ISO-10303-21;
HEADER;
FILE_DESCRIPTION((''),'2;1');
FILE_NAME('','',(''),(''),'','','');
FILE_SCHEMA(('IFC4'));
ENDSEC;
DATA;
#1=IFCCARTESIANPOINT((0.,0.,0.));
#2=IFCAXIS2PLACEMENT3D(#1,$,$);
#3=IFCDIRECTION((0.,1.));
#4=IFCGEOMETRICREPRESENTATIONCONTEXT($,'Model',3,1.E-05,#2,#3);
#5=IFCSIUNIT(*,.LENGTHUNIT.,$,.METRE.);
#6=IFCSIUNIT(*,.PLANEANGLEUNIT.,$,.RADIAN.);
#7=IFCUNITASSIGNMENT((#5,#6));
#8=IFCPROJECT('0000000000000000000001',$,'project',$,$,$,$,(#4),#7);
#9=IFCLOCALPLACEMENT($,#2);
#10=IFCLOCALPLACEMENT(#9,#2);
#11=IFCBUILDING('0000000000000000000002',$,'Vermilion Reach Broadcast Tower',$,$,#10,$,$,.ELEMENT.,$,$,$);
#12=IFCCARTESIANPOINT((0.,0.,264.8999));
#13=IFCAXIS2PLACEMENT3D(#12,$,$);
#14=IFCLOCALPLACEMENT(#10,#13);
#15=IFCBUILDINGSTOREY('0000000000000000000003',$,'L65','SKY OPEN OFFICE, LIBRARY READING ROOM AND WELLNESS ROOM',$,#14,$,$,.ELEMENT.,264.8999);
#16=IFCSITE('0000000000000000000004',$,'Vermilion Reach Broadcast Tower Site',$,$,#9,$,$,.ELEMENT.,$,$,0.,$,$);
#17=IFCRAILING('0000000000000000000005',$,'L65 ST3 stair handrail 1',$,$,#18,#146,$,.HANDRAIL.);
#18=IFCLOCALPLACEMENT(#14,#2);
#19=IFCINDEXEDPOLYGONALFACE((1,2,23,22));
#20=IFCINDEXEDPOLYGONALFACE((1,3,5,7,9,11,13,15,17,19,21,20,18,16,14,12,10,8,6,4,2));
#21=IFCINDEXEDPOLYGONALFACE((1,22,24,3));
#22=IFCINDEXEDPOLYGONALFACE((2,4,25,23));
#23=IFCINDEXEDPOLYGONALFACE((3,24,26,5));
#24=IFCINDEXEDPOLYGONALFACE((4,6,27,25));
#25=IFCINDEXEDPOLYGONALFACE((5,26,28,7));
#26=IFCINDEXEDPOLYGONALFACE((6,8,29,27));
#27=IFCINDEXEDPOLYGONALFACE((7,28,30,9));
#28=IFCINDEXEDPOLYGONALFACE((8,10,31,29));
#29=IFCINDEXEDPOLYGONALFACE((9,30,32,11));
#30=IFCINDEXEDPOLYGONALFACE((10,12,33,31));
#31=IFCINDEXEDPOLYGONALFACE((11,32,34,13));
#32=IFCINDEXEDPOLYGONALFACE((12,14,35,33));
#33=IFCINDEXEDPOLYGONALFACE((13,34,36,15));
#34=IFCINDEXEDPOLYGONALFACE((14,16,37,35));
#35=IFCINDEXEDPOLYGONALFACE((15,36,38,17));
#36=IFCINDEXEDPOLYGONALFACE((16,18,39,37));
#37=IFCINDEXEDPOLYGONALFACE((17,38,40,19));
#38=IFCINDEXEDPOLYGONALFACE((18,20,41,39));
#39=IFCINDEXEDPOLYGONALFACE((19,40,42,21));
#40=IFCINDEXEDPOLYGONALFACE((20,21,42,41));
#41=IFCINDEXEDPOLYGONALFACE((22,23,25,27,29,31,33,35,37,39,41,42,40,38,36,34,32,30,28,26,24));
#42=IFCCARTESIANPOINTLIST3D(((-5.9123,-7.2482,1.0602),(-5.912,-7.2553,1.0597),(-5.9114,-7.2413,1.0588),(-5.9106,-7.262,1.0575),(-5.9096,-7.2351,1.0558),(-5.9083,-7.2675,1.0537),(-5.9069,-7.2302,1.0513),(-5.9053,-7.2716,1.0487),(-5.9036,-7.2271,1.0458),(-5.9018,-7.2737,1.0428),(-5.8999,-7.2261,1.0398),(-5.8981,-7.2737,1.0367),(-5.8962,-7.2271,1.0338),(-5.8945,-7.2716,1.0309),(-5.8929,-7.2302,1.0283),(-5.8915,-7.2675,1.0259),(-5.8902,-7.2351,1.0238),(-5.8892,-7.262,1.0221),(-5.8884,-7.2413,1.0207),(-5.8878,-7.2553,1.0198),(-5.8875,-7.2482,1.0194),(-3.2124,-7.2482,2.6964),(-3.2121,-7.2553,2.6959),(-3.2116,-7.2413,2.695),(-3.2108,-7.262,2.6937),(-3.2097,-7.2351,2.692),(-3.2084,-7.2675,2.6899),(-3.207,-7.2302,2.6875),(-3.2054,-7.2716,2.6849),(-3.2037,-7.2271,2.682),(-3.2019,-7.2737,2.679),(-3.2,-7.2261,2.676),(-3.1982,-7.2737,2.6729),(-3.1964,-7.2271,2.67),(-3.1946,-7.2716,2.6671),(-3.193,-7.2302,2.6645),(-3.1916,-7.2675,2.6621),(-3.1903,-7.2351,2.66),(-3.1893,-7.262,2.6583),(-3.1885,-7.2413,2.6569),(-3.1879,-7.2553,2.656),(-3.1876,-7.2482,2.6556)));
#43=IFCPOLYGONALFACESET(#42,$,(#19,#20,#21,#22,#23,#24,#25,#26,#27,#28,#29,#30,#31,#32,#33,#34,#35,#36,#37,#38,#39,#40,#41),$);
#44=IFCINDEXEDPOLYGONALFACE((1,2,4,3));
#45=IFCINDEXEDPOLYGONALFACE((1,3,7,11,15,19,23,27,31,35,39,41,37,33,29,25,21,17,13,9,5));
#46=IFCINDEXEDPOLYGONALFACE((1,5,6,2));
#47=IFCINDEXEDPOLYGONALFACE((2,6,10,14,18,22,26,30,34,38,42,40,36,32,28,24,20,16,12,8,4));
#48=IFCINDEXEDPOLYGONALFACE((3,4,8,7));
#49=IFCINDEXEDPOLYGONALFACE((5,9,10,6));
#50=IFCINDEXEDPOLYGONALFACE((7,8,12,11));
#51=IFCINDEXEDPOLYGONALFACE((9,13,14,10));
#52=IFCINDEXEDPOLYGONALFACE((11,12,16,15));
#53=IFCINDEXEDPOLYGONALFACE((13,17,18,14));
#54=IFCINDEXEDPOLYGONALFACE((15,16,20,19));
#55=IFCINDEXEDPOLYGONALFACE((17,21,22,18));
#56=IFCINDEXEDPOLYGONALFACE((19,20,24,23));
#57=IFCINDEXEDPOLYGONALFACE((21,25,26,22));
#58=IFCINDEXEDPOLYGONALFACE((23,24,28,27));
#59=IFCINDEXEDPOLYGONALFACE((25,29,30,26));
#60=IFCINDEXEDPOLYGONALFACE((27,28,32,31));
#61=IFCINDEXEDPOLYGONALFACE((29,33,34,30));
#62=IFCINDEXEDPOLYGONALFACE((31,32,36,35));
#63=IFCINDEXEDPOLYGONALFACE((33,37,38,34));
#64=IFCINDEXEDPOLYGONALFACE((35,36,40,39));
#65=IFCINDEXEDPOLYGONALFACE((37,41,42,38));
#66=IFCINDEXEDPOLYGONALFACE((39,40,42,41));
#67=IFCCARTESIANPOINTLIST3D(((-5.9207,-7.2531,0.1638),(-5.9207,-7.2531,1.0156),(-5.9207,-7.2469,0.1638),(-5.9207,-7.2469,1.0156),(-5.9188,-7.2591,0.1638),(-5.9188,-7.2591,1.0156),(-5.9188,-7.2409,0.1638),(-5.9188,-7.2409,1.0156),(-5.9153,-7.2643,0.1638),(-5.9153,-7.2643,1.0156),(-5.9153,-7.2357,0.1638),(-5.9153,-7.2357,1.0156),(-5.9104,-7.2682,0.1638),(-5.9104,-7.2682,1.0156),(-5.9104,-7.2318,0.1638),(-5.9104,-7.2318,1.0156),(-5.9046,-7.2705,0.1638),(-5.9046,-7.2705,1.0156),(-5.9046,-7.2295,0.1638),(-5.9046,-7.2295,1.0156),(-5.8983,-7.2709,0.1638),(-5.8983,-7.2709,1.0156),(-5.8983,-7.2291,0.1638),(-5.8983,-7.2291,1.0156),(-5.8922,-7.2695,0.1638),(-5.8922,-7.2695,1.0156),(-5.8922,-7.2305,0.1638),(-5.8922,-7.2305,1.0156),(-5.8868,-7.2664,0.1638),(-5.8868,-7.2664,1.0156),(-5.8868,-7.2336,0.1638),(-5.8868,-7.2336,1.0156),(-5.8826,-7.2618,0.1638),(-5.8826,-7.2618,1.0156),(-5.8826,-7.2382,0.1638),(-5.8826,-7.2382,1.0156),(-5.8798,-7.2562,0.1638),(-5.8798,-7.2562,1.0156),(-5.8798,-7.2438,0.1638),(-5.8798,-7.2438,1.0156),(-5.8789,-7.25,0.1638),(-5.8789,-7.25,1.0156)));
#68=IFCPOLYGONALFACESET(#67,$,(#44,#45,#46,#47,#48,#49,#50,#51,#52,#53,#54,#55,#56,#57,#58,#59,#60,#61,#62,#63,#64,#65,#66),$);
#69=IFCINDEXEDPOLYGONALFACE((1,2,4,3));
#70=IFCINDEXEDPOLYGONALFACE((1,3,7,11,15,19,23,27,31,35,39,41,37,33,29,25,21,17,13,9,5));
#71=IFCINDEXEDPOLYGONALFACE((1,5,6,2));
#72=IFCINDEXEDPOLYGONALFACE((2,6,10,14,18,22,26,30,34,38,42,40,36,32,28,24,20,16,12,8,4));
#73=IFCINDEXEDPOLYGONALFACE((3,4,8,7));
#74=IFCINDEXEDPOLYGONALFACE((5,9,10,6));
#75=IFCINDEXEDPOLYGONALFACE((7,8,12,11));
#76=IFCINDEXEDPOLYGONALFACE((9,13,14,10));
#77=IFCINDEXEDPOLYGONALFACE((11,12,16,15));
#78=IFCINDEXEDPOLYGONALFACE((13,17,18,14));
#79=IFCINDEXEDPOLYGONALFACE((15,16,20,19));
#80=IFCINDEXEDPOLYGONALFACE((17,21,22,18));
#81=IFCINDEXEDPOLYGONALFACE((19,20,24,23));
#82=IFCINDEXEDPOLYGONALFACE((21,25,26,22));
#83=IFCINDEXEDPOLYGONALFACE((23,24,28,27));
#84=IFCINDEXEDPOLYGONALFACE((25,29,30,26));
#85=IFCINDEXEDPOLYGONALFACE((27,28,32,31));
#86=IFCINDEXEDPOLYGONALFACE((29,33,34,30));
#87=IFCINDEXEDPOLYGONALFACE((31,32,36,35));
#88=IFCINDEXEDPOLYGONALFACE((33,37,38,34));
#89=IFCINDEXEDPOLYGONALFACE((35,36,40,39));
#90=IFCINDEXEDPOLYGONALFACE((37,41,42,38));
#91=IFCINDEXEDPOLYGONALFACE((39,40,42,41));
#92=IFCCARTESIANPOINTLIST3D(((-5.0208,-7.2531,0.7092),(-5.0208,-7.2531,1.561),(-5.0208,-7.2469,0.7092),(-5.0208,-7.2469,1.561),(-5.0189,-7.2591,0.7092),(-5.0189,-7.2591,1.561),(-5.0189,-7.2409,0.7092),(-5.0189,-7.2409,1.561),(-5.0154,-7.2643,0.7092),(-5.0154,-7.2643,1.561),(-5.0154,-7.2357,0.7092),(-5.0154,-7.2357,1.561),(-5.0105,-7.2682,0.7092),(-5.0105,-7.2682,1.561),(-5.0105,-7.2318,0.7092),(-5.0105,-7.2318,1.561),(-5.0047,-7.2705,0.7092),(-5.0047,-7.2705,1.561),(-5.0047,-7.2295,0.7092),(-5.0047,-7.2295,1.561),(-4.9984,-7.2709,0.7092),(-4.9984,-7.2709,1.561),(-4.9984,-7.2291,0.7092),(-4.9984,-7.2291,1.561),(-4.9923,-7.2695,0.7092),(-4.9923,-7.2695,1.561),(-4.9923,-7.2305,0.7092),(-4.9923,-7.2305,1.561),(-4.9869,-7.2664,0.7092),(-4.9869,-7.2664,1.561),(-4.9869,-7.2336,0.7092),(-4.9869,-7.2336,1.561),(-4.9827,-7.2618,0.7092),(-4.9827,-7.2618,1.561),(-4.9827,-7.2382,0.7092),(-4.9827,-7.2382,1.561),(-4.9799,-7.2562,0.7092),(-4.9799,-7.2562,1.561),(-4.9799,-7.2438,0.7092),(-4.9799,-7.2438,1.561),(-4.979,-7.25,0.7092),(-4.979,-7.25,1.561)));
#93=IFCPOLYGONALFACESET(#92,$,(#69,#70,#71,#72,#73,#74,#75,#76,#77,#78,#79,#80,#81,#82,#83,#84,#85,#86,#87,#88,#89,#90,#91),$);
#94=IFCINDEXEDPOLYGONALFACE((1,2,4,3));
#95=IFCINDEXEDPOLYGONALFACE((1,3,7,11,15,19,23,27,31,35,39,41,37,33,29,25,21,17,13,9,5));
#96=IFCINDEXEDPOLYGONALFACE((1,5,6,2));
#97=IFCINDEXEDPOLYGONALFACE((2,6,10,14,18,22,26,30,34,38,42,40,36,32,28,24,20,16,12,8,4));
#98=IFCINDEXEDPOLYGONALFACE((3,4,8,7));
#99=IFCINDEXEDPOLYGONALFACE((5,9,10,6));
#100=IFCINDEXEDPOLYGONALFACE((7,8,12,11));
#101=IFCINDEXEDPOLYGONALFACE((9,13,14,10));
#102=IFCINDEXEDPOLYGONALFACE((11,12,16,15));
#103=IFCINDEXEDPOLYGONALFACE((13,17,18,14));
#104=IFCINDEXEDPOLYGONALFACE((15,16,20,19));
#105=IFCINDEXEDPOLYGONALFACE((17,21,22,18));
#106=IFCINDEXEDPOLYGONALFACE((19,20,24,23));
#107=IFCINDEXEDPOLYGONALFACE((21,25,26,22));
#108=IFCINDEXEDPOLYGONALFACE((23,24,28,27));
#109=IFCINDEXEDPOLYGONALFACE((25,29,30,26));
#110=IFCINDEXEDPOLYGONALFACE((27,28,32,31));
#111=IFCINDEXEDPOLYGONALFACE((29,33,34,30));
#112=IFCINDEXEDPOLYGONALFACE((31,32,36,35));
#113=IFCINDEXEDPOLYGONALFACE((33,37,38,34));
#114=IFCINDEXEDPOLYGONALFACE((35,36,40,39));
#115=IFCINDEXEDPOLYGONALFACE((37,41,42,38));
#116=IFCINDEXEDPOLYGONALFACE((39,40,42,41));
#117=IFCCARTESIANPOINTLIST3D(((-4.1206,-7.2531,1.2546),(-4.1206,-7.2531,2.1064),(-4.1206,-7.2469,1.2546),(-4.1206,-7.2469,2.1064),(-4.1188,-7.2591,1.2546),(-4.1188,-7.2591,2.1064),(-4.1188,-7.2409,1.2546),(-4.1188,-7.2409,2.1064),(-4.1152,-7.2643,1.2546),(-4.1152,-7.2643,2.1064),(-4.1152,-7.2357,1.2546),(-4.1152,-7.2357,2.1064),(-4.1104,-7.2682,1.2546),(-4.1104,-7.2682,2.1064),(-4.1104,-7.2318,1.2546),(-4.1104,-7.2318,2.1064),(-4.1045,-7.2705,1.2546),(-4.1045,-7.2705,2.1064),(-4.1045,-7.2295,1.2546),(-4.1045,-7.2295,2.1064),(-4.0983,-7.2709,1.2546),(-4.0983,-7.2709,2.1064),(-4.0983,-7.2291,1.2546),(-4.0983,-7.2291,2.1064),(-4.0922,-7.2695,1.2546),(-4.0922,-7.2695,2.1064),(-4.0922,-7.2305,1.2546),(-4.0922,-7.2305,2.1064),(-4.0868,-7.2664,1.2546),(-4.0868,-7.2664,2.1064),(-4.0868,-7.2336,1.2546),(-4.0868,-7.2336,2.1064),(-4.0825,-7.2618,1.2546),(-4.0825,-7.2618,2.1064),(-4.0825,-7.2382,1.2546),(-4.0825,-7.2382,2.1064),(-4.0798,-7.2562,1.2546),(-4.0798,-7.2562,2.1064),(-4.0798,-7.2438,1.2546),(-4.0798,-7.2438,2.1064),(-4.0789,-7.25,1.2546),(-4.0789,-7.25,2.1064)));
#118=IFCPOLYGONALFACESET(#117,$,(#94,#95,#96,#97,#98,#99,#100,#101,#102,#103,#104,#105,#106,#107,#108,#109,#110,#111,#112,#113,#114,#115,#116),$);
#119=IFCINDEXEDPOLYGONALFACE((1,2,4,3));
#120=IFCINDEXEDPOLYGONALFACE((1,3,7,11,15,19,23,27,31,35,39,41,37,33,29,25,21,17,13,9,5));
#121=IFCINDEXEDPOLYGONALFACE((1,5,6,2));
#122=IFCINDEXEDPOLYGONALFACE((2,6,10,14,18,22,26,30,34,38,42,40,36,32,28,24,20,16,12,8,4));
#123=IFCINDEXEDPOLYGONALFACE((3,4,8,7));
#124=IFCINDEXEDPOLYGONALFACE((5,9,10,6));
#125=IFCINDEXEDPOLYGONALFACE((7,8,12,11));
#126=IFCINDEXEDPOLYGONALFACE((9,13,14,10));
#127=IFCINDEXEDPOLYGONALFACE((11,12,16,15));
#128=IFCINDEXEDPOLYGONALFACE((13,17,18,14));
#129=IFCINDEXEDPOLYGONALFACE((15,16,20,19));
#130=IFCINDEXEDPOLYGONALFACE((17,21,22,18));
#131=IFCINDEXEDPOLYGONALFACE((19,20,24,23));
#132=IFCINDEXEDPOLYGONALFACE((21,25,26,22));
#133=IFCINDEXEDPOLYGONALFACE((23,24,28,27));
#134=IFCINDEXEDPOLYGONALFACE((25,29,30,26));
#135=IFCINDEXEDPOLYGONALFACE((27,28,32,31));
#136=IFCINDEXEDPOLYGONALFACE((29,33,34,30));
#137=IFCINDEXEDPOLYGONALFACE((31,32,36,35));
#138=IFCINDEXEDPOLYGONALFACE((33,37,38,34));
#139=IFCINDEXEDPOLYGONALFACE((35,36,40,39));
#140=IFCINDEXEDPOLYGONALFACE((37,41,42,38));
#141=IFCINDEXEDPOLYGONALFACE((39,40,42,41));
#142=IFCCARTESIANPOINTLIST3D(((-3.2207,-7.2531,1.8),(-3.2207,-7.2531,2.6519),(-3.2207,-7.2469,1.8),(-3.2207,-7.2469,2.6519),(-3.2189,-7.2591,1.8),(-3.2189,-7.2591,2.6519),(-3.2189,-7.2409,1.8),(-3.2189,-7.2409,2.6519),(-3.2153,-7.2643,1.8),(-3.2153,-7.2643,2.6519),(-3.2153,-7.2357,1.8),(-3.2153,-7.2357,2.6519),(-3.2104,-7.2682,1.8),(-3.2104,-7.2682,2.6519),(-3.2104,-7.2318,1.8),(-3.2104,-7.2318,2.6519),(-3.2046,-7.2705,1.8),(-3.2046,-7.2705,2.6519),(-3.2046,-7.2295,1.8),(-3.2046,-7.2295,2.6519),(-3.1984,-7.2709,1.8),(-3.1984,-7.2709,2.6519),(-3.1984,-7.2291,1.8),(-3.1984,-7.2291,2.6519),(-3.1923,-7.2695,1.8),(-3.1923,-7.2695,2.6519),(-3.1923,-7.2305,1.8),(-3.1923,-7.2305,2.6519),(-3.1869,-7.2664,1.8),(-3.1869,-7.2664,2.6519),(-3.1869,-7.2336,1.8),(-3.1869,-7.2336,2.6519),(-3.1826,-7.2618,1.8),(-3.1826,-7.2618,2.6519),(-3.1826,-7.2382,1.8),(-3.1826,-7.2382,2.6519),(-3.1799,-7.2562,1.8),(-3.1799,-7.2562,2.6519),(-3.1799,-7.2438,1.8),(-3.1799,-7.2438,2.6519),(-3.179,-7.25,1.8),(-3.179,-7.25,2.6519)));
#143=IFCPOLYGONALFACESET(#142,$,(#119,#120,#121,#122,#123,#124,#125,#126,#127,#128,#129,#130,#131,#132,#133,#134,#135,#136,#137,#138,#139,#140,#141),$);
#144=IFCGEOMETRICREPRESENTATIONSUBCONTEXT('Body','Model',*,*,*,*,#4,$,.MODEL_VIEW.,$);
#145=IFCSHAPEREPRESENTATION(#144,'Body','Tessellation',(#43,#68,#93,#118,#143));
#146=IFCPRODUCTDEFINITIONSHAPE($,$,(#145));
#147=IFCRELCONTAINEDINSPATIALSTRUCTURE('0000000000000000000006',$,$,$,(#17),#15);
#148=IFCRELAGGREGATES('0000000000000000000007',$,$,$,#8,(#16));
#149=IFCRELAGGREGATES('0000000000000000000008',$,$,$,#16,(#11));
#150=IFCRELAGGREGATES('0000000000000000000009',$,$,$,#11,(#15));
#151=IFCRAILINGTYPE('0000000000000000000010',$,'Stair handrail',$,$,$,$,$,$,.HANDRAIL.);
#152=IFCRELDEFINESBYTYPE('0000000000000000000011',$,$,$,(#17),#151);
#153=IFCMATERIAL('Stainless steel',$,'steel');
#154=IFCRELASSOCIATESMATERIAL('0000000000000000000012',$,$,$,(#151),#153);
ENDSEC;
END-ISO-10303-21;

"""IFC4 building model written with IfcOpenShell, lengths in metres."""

from ifc_helpers import new_model, si_unit, direction, frame, origin, origin_2d, place, context, subcontext, project, spatial, circle, extrude, material, type_object, element, save


model = new_model("IFC4")

# Units and contexts
model_context = context("Model", 3, precision=1e-05, world=origin(), true_north=direction((0.0, 1.0)))
body_context = subcontext(model_context, "Body", "Model", "MODEL_VIEW")
ifc_project = project(units=[si_unit("LENGTHUNIT", "METRE"), si_unit("PLANEANGLEUNIT", "RADIAN")], contexts=[model_context])

# Site, building, storey
site_placement = place(None, origin())
site = spatial("IfcSite", under=ifc_project, at=site_placement, Name="Vermilion Reach Broadcast Tower Site", CompositionType="ELEMENT", RefElevation=0.0)
building_placement = place(site_placement, origin())
building = spatial("IfcBuilding", under=site, at=building_placement, Name="Vermilion Reach Broadcast Tower", CompositionType="ELEMENT")
storey_placement = place(building_placement, frame((0.0, 0.0, 264.8999)))
storey = spatial("IfcBuildingStorey", under=building, at=storey_placement, Name="L65", Description="SKY OPEN OFFICE, LIBRARY READING ROOM AND WELLNESS ROOM", CompositionType="ELEMENT", Elevation=264.8999)

# Railing
ifc_material_1 = material(Name="Stainless steel", Category="steel")
railing_type_1 = type_object("IfcRailingType", Name="Stair handrail", PredefinedType="HANDRAIL", material=ifc_material_1)
railing_1_placement = place(storey_placement, frame((-5.8999, -7.25, 0.1638)))
element("IfcRailing", 1, at=railing_1_placement, inside=storey, type_object=railing_type_1, Name="L65 ST3 stair handrail 1", PredefinedType="HANDRAIL", context=body_context, shape_type="SweptSolid", body=[
    extrude(circle(Radius=0.0239, at=origin_2d()), frame((0.0, 0.0, 0.876), z_axis=(0.855212, 0.0, 0.518278), x_axis=(0.0, 1.0, 0.0)), (0.0, 0.0, 1.0), 3.157),
    extrude(circle(Radius=0.021, at=origin_2d()), origin(), (0.0, 0.0, 1.0), 0.8518),
    extrude(circle(Radius=0.021, at=origin_2d()), frame((0.8999, 0.0, 0.5454)), (0.0, 0.0, 1.0), 0.8518),
    extrude(circle(Radius=0.021, at=origin_2d()), frame((1.8, 0.0, 1.0908)), (0.0, 0.0, 1.0), 0.8518),
    extrude(circle(Radius=0.021, at=origin_2d()), frame((2.7, 0.0, 1.6362)), (0.0, 0.0, 1.0), 0.8518),
])

save(model, "model.ifc")
